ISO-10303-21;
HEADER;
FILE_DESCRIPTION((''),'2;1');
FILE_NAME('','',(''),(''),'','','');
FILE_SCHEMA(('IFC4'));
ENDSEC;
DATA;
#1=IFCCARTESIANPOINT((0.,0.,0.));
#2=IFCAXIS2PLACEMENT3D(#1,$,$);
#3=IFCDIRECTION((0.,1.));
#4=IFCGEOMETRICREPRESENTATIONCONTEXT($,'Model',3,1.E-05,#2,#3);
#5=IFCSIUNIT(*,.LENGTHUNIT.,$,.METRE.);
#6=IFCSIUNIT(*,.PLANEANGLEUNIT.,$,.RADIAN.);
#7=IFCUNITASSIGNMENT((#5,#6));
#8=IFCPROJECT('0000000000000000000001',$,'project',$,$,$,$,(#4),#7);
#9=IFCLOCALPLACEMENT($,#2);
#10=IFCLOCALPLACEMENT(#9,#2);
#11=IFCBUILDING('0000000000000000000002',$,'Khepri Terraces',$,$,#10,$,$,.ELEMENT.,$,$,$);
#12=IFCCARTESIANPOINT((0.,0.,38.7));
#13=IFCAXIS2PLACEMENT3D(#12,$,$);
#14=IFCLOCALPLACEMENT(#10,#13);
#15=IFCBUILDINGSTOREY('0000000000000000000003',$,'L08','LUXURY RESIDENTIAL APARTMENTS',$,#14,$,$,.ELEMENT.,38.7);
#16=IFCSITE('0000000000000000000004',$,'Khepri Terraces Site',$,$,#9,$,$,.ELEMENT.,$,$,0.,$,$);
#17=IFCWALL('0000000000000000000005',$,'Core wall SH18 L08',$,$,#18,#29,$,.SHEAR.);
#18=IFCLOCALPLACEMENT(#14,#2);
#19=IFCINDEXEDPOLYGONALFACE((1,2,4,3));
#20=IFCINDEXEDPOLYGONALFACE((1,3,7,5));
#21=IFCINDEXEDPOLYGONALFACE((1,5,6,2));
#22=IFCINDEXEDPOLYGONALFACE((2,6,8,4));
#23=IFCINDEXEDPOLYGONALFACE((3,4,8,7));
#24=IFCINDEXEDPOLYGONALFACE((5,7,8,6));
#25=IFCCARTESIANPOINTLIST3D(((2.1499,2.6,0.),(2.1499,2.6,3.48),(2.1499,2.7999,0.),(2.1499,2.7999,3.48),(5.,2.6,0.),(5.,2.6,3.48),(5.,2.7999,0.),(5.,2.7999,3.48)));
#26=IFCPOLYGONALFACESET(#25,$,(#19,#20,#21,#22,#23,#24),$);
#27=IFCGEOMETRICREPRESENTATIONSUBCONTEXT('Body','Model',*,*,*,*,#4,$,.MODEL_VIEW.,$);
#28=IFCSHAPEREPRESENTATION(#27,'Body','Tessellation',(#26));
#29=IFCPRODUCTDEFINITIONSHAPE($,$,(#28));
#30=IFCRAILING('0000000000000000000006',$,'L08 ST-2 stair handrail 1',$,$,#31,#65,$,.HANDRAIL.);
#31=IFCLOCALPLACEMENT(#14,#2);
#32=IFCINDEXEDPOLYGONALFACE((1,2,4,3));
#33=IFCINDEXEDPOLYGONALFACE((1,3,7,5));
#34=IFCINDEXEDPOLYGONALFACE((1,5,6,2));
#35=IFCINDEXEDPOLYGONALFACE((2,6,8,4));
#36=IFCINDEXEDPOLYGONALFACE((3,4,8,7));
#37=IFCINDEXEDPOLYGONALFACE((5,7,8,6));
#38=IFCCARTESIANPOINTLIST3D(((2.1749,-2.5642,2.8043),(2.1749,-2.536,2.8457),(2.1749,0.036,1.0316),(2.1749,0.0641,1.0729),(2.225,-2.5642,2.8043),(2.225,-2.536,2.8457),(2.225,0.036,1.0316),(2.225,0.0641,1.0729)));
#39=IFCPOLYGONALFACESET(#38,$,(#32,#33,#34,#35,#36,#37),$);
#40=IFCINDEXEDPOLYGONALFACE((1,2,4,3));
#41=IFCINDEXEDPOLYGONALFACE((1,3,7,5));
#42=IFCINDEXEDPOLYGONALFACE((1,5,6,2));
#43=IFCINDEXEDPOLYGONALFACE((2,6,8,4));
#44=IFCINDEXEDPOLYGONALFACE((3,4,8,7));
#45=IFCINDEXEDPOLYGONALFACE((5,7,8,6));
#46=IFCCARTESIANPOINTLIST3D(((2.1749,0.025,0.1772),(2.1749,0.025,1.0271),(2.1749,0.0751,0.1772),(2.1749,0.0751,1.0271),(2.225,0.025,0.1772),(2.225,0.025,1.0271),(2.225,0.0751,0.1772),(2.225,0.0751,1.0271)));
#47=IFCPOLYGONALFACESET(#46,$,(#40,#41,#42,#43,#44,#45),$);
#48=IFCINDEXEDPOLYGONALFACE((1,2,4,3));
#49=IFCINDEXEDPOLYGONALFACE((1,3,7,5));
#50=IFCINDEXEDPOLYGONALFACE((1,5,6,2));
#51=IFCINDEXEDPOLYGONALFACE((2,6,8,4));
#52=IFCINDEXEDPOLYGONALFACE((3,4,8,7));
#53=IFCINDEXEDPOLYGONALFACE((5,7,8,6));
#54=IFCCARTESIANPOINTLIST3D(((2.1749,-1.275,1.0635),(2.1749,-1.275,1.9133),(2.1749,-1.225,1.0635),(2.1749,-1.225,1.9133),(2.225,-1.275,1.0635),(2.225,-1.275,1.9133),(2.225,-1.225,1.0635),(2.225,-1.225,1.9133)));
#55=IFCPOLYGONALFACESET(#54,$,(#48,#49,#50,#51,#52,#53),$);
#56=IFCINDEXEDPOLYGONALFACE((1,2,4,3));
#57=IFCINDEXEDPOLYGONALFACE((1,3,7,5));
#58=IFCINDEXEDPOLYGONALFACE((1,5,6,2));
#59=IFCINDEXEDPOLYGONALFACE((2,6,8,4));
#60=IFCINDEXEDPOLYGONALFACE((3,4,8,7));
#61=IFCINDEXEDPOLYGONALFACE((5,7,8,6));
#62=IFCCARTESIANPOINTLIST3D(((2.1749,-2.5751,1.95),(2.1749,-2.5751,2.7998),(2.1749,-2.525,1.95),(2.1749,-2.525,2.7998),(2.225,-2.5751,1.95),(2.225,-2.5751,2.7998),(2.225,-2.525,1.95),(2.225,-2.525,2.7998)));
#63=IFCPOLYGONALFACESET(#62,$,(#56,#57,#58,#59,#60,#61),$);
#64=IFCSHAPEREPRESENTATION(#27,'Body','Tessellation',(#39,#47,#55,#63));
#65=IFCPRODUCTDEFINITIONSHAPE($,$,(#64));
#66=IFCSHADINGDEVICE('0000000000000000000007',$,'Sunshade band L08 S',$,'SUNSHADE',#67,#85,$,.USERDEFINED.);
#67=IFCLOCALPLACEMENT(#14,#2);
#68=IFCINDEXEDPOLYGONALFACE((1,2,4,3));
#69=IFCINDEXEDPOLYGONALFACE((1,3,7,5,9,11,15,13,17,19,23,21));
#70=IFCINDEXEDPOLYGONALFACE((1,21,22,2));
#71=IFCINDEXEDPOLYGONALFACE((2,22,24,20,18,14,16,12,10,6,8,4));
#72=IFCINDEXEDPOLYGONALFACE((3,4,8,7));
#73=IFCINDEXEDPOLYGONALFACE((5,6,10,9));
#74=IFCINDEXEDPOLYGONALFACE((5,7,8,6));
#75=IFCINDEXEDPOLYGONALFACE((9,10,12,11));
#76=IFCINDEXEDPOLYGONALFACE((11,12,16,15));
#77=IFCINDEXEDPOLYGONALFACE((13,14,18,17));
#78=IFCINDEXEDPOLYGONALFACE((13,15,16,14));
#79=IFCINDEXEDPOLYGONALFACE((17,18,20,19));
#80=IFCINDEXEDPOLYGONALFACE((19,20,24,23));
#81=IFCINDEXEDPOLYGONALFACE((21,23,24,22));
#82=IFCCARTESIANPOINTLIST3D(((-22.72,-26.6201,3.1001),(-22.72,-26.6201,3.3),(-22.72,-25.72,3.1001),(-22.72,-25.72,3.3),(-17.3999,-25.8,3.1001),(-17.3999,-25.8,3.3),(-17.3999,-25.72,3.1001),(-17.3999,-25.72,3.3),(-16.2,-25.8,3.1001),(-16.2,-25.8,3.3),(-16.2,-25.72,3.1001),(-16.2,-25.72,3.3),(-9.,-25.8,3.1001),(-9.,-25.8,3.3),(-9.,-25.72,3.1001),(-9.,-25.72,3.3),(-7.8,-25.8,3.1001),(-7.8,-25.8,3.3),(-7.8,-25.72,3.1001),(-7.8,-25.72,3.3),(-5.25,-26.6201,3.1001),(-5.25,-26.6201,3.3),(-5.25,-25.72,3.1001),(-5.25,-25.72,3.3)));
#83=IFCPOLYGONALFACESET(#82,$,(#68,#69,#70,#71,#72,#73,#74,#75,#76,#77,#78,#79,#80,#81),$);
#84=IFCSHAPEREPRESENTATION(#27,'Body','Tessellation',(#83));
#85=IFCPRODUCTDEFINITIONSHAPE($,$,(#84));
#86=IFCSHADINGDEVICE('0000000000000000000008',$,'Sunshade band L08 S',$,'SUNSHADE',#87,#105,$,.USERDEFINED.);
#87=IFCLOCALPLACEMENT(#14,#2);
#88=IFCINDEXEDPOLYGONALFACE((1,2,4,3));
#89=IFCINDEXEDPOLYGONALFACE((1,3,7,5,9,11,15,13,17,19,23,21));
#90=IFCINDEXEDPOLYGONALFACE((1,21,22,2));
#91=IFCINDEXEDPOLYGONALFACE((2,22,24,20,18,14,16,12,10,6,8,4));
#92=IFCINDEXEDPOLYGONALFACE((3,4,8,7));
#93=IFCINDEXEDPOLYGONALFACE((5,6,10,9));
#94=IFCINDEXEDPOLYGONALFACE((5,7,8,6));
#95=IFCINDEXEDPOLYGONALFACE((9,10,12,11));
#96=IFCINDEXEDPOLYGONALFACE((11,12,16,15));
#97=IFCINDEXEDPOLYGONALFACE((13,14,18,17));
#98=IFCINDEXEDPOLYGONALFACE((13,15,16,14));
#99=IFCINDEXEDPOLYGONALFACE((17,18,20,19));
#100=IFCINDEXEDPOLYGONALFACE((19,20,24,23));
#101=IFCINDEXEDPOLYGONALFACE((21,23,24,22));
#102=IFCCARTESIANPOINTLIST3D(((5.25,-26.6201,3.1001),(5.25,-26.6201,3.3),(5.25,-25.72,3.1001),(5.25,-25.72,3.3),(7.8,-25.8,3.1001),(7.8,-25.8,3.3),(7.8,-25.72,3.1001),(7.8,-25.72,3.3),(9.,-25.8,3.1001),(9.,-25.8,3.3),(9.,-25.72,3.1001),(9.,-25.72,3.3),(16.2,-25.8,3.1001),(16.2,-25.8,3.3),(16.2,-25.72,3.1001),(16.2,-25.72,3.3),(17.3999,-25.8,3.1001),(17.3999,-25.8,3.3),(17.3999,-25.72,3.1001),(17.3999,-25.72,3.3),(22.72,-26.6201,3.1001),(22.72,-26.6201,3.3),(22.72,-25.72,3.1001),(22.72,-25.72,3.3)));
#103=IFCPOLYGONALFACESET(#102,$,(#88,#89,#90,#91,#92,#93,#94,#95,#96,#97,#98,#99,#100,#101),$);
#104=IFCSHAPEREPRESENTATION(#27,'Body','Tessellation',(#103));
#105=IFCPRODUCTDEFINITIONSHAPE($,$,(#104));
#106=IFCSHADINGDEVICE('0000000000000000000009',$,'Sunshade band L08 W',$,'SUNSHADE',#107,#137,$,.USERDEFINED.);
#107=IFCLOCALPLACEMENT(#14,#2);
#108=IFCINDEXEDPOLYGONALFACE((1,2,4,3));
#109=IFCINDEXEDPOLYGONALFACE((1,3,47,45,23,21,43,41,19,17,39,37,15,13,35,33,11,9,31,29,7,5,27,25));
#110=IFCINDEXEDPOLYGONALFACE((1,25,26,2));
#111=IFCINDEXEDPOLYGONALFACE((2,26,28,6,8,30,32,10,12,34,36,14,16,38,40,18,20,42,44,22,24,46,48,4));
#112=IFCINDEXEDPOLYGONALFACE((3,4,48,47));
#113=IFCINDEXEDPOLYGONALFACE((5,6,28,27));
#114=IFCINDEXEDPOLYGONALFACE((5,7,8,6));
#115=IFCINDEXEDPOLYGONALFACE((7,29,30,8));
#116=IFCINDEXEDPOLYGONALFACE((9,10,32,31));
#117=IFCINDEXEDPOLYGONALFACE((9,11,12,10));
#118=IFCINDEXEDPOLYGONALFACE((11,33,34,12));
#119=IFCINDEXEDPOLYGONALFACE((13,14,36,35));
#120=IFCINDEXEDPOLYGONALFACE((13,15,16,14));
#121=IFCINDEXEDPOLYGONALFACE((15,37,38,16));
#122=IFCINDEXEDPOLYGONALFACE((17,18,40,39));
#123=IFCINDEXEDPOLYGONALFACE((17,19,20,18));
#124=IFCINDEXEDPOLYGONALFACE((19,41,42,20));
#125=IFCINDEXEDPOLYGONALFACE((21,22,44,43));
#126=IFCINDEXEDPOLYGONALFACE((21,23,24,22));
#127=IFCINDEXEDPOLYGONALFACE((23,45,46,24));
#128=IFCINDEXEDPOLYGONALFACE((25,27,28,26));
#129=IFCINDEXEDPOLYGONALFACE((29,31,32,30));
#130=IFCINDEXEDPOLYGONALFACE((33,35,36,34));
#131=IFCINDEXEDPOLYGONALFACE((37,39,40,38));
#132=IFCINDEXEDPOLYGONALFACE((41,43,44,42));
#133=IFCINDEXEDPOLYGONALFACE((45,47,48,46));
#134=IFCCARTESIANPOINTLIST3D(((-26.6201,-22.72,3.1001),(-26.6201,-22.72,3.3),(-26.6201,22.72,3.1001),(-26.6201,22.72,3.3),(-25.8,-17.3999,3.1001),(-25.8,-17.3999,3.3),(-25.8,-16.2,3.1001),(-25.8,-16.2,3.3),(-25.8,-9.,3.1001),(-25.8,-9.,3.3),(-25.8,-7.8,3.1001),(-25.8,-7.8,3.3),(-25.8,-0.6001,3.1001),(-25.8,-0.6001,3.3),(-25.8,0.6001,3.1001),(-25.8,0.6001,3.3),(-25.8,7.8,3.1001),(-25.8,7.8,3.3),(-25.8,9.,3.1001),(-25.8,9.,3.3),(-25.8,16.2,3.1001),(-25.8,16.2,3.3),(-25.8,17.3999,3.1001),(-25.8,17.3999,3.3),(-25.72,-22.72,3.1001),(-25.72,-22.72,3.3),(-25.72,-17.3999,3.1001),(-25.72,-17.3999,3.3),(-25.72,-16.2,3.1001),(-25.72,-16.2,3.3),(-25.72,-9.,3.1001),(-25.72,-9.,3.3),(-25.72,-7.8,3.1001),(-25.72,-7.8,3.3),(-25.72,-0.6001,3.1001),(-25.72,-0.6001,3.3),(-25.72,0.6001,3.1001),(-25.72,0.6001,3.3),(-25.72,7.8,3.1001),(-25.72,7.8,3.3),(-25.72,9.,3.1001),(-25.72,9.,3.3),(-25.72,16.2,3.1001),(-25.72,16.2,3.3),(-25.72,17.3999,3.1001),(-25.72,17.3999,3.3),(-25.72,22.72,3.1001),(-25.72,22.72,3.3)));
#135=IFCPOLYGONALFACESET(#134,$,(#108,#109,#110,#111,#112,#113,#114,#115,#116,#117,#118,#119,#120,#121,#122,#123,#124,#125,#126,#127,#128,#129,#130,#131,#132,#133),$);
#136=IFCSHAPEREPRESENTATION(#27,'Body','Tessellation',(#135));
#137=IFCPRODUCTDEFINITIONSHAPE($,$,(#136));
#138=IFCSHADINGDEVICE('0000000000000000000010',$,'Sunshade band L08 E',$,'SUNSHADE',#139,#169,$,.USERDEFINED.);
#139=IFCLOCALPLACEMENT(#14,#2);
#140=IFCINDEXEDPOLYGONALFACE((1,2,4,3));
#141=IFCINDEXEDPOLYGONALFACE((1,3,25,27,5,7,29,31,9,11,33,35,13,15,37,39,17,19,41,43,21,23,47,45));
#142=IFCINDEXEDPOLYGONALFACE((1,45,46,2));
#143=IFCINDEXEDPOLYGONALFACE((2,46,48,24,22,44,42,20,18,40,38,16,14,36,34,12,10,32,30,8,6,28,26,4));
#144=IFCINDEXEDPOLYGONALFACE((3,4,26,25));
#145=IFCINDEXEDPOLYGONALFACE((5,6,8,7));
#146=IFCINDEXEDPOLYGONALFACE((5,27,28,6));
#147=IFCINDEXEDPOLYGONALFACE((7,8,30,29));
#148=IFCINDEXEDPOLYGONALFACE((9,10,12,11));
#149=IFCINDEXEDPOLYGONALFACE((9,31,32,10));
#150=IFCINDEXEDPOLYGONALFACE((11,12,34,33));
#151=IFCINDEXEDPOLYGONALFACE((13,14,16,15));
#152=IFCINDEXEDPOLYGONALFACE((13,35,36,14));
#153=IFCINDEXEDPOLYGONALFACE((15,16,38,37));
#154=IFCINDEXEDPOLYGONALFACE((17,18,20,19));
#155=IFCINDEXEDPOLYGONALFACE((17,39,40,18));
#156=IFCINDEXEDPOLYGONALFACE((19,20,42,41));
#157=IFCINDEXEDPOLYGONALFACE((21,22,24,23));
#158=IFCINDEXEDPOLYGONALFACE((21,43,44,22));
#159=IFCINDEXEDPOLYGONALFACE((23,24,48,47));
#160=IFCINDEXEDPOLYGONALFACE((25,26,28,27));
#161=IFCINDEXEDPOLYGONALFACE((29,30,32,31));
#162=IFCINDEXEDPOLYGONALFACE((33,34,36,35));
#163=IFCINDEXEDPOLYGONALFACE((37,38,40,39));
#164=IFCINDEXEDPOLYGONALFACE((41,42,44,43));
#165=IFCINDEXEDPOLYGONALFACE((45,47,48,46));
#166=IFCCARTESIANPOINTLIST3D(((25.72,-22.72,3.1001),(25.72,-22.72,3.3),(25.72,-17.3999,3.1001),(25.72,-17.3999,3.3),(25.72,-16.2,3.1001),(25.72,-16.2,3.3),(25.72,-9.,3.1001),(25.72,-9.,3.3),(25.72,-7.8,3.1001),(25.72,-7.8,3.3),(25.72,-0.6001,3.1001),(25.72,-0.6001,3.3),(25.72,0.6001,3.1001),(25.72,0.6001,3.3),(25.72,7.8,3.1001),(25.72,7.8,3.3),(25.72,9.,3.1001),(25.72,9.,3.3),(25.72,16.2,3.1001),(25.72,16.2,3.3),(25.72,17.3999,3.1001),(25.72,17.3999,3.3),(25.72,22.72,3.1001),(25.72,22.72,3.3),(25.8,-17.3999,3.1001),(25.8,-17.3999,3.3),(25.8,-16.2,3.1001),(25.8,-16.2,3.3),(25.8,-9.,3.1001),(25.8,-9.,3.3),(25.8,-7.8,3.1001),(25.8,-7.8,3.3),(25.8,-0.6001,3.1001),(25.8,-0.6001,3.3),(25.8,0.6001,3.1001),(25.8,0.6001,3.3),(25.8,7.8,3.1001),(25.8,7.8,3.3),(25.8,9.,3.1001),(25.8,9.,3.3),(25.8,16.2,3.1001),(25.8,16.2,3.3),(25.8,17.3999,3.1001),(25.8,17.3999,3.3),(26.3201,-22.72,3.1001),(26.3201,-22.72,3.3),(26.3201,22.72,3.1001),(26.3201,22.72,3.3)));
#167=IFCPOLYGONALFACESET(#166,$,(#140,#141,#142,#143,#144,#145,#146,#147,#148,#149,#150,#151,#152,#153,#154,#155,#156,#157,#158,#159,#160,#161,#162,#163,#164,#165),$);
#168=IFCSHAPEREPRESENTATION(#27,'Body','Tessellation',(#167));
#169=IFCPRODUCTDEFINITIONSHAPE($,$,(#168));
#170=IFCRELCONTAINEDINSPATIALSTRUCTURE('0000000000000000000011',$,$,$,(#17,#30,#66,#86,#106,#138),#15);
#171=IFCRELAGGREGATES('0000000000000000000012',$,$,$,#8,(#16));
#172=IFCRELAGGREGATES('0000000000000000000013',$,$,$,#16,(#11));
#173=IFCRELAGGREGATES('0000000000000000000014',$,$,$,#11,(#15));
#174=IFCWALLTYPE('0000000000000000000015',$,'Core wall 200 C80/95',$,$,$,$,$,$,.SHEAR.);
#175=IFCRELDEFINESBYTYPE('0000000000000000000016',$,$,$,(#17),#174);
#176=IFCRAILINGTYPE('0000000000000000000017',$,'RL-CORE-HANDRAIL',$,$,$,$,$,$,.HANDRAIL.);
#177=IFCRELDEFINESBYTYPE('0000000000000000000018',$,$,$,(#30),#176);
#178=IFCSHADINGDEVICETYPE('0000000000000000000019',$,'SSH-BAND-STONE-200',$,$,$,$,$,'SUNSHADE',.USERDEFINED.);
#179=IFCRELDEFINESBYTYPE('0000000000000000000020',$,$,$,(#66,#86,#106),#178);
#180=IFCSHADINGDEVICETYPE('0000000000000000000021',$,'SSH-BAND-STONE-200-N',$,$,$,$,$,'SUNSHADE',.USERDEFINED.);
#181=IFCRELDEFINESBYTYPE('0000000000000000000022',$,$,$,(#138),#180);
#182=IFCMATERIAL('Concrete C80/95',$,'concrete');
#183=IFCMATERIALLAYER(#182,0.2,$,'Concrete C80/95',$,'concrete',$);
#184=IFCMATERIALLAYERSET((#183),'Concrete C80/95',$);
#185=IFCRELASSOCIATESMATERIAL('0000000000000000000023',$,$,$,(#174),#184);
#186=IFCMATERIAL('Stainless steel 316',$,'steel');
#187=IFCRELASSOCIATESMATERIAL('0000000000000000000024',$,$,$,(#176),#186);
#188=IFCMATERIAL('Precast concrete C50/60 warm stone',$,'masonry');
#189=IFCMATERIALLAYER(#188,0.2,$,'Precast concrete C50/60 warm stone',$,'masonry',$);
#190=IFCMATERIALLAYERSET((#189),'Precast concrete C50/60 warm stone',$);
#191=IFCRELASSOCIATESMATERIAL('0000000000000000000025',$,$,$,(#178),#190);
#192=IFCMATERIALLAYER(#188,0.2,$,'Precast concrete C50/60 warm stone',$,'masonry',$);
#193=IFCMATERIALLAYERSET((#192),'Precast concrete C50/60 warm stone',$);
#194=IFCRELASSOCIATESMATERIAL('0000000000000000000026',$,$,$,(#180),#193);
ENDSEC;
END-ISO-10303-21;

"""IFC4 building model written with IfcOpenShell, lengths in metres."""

from ifc_helpers import new_model, si_unit, direction, frame, frame_2d, origin, origin_2d, place, context, subcontext, project, spatial, polyline, rectangle, outline, extrude, material, layer, layer_set, type_object, element, save


model = new_model("IFC4")

# Units and contexts
model_context = context("Model", 3, precision=1e-05, world=origin(), true_north=direction((0.0, 1.0)))
body_context = subcontext(model_context, "Body", "Model", "MODEL_VIEW")
ifc_project = project(units=[si_unit("LENGTHUNIT", "METRE"), si_unit("PLANEANGLEUNIT", "RADIAN")], contexts=[model_context])

# Site, building, storey
site_placement = place(None, origin())
site = spatial("IfcSite", under=ifc_project, at=site_placement, Name="Khepri Terraces Site", CompositionType="ELEMENT", RefElevation=0.0)
building_placement = place(site_placement, origin())
building = spatial("IfcBuilding", under=site, at=building_placement, Name="Khepri Terraces", CompositionType="ELEMENT")
storey_placement = place(building_placement, frame((0.0, 0.0, 38.7)))
storey = spatial("IfcBuildingStorey", under=building, at=storey_placement, Name="L08", Description="LUXURY RESIDENTIAL APARTMENTS", CompositionType="ELEMENT", Elevation=38.7)

# Shared definitions
ifc_material_1 = material(Name="Concrete C80/95", Category="concrete")
ifc_layer_1 = layer(ifc_material_1, 0.2, Name="Concrete C80/95", Category="concrete")
ifc_layer_set_1 = layer_set([ifc_layer_1], Name="Concrete C80/95")
wall_type = type_object("IfcWallType", Name="Core wall 200 C80/95", PredefinedType="SHEAR", material=ifc_layer_set_1)

# Wall
wall_1_placement = place(storey_placement, frame((2.1499, 2.7, 0.0), z_axis=(0.0, 0.0, 1.0), x_axis=(1.0, 0.0, 0.0)))
element("IfcWall", 1, at=wall_1_placement, inside=storey, type_object=wall_type, Name="Core wall SH18 L08", PredefinedType="SHEAR", context=body_context, shape_type="SweptSolid", body=[
    extrude(rectangle(XDim=2.8501, YDim=0.2, at=frame_2d((1.425, 0.0))), origin(), (0.0, 0.0, 1.0), 3.48),
])

# Railing
ifc_material_2 = material(Name="Stainless steel 316", Category="steel")
railing_type = type_object("IfcRailingType", Name="RL-CORE-HANDRAIL", PredefinedType="HANDRAIL", material=ifc_material_2)
railing_placement = place(storey_placement, frame((2.2, 0.05, 0.1772)))
element("IfcRailing", 2, at=railing_placement, inside=storey, type_object=railing_type, Name="L08 ST-2 stair handrail 1", PredefinedType="HANDRAIL", context=body_context, shape_type="SweptSolid", body=[
    extrude(rectangle(XDim=0.05, YDim=0.05, at=origin_2d()), frame((0.0, 0.0, 0.875), z_axis=(0.0, -0.82624, 0.563318), x_axis=(1.0, 0.0, 0.0)), (0.0, 0.0, 1.0), 3.147),
    extrude(rectangle(XDim=0.05, YDim=0.05, at=origin_2d()), origin(), (0.0, 0.0, 1.0), 0.8499),
    extrude(rectangle(XDim=0.05, YDim=0.05, at=origin_2d()), frame((0.0, -1.3, 0.8862)), (0.0, 0.0, 1.0), 0.8499),
    extrude(rectangle(XDim=0.05, YDim=0.05, at=origin_2d()), frame((0.0, -2.6001, 1.7727)), (0.0, 0.0, 1.0), 0.8499),
])

# Shading devices
ifc_material_3 = material(Name="Precast concrete C50/60 warm stone", Category="masonry")
ifc_layer_2 = layer(ifc_material_3, 0.2, Name="Precast concrete C50/60 warm stone", Category="masonry")
ifc_layer_set_2 = layer_set([ifc_layer_2], Name="Precast concrete C50/60 warm stone")
shading_device_type_1 = type_object("IfcShadingDeviceType", Name="SSH-BAND-STONE-200", ElementType="SUNSHADE", PredefinedType="USERDEFINED", material=ifc_layer_set_2)
shading_device_1_placement = place(storey_placement, frame((0.0, 0.0, 3.1001)))
element("IfcShadingDevice", 3, at=shading_device_1_placement, inside=storey, type_object=shading_device_type_1, Name="Sunshade band L08 S", ObjectType="SUNSHADE", PredefinedType="USERDEFINED", context=body_context, shape_type="SweptSolid", body=[
    extrude(outline(polyline([(-17.3999, -25.72), (-22.72, -25.72), (-22.72, -26.6201), (-5.25, -26.6201), (-5.25, -25.72), (-7.8, -25.72), (-7.8, -25.8), (-9.0, -25.8), (-9.0, -25.72), (-16.2, -25.72), (-16.2, -25.8), (-17.3999, -25.8), (-17.3999, -25.72)])), origin(), (0.0, 0.0, 1.0), 0.2),
])
shading_device_2_placement = place(storey_placement, frame((0.0, 0.0, 3.1001)))
element("IfcShadingDevice", 4, at=shading_device_2_placement, inside=storey, type_object=shading_device_type_1, Name="Sunshade band L08 S", ObjectType="SUNSHADE", PredefinedType="USERDEFINED", context=body_context, shape_type="SweptSolid", body=[
    extrude(outline(polyline([(7.8, -25.72), (5.25, -25.72), (5.25, -26.6201), (22.72, -26.6201), (22.72, -25.72), (17.3999, -25.72), (17.3999, -25.8), (16.2, -25.8), (16.2, -25.72), (9.0, -25.72), (9.0, -25.8), (7.8, -25.8), (7.8, -25.72)])), origin(), (0.0, 0.0, 1.0), 0.2),
])
shading_device_3_placement = place(storey_placement, frame((0.0, 0.0, 3.1001)))
element("IfcShadingDevice", 5, at=shading_device_3_placement, inside=storey, type_object=shading_device_type_1, Name="Sunshade band L08 W", ObjectType="SUNSHADE", PredefinedType="USERDEFINED", context=body_context, shape_type="SweptSolid", body=[
    extrude(outline(polyline([(-25.72, 17.3999), (-25.72, 22.72), (-26.6201, 22.72), (-26.6201, -22.72), (-25.72, -22.72), (-25.72, -17.3999), (-25.8, -17.3999), (-25.8, -16.2), (-25.72, -16.2), (-25.72, -9.0), (-25.8, -9.0), (-25.8, -7.8), (-25.72, -7.8), (-25.72, -0.6001), (-25.8, -0.6001), (-25.8, 0.6001), (-25.72, 0.6001), (-25.72, 7.8), (-25.8, 7.8), (-25.8, 9.0), (-25.72, 9.0), (-25.72, 16.2), (-25.8, 16.2), (-25.8, 17.3999), (-25.72, 17.3999)])), origin(), (0.0, 0.0, 1.0), 0.2),
])
ifc_layer_3 = layer(ifc_material_3, 0.2, Name="Precast concrete C50/60 warm stone", Category="masonry")
ifc_layer_set_3 = layer_set([ifc_layer_3], Name="Precast concrete C50/60 warm stone")
shading_device_type_2 = type_object("IfcShadingDeviceType", Name="SSH-BAND-STONE-200-N", ElementType="SUNSHADE", PredefinedType="USERDEFINED", material=ifc_layer_set_3)
shading_device_4_placement = place(storey_placement, frame((0.0, 0.0, 3.1001)))
element("IfcShadingDevice", 6, at=shading_device_4_placement, inside=storey, type_object=shading_device_type_2, Name="Sunshade band L08 E", ObjectType="SUNSHADE", PredefinedType="USERDEFINED", context=body_context, shape_type="SweptSolid", body=[
    extrude(outline(polyline([(25.72, -17.3999), (25.72, -22.72), (26.3201, -22.72), (26.3201, 22.72), (25.72, 22.72), (25.72, 17.3999), (25.8, 17.3999), (25.8, 16.2), (25.72, 16.2), (25.72, 9.0), (25.8, 9.0), (25.8, 7.8), (25.72, 7.8), (25.72, 0.6001), (25.8, 0.6001), (25.8, -0.6001), (25.72, -0.6001), (25.72, -7.8), (25.8, -7.8), (25.8, -9.0), (25.72, -9.0), (25.72, -16.2), (25.8, -16.2), (25.8, -17.3999), (25.72, -17.3999)])), origin(), (0.0, 0.0, 1.0), 0.2),
])

save(model, "model.ifc")
